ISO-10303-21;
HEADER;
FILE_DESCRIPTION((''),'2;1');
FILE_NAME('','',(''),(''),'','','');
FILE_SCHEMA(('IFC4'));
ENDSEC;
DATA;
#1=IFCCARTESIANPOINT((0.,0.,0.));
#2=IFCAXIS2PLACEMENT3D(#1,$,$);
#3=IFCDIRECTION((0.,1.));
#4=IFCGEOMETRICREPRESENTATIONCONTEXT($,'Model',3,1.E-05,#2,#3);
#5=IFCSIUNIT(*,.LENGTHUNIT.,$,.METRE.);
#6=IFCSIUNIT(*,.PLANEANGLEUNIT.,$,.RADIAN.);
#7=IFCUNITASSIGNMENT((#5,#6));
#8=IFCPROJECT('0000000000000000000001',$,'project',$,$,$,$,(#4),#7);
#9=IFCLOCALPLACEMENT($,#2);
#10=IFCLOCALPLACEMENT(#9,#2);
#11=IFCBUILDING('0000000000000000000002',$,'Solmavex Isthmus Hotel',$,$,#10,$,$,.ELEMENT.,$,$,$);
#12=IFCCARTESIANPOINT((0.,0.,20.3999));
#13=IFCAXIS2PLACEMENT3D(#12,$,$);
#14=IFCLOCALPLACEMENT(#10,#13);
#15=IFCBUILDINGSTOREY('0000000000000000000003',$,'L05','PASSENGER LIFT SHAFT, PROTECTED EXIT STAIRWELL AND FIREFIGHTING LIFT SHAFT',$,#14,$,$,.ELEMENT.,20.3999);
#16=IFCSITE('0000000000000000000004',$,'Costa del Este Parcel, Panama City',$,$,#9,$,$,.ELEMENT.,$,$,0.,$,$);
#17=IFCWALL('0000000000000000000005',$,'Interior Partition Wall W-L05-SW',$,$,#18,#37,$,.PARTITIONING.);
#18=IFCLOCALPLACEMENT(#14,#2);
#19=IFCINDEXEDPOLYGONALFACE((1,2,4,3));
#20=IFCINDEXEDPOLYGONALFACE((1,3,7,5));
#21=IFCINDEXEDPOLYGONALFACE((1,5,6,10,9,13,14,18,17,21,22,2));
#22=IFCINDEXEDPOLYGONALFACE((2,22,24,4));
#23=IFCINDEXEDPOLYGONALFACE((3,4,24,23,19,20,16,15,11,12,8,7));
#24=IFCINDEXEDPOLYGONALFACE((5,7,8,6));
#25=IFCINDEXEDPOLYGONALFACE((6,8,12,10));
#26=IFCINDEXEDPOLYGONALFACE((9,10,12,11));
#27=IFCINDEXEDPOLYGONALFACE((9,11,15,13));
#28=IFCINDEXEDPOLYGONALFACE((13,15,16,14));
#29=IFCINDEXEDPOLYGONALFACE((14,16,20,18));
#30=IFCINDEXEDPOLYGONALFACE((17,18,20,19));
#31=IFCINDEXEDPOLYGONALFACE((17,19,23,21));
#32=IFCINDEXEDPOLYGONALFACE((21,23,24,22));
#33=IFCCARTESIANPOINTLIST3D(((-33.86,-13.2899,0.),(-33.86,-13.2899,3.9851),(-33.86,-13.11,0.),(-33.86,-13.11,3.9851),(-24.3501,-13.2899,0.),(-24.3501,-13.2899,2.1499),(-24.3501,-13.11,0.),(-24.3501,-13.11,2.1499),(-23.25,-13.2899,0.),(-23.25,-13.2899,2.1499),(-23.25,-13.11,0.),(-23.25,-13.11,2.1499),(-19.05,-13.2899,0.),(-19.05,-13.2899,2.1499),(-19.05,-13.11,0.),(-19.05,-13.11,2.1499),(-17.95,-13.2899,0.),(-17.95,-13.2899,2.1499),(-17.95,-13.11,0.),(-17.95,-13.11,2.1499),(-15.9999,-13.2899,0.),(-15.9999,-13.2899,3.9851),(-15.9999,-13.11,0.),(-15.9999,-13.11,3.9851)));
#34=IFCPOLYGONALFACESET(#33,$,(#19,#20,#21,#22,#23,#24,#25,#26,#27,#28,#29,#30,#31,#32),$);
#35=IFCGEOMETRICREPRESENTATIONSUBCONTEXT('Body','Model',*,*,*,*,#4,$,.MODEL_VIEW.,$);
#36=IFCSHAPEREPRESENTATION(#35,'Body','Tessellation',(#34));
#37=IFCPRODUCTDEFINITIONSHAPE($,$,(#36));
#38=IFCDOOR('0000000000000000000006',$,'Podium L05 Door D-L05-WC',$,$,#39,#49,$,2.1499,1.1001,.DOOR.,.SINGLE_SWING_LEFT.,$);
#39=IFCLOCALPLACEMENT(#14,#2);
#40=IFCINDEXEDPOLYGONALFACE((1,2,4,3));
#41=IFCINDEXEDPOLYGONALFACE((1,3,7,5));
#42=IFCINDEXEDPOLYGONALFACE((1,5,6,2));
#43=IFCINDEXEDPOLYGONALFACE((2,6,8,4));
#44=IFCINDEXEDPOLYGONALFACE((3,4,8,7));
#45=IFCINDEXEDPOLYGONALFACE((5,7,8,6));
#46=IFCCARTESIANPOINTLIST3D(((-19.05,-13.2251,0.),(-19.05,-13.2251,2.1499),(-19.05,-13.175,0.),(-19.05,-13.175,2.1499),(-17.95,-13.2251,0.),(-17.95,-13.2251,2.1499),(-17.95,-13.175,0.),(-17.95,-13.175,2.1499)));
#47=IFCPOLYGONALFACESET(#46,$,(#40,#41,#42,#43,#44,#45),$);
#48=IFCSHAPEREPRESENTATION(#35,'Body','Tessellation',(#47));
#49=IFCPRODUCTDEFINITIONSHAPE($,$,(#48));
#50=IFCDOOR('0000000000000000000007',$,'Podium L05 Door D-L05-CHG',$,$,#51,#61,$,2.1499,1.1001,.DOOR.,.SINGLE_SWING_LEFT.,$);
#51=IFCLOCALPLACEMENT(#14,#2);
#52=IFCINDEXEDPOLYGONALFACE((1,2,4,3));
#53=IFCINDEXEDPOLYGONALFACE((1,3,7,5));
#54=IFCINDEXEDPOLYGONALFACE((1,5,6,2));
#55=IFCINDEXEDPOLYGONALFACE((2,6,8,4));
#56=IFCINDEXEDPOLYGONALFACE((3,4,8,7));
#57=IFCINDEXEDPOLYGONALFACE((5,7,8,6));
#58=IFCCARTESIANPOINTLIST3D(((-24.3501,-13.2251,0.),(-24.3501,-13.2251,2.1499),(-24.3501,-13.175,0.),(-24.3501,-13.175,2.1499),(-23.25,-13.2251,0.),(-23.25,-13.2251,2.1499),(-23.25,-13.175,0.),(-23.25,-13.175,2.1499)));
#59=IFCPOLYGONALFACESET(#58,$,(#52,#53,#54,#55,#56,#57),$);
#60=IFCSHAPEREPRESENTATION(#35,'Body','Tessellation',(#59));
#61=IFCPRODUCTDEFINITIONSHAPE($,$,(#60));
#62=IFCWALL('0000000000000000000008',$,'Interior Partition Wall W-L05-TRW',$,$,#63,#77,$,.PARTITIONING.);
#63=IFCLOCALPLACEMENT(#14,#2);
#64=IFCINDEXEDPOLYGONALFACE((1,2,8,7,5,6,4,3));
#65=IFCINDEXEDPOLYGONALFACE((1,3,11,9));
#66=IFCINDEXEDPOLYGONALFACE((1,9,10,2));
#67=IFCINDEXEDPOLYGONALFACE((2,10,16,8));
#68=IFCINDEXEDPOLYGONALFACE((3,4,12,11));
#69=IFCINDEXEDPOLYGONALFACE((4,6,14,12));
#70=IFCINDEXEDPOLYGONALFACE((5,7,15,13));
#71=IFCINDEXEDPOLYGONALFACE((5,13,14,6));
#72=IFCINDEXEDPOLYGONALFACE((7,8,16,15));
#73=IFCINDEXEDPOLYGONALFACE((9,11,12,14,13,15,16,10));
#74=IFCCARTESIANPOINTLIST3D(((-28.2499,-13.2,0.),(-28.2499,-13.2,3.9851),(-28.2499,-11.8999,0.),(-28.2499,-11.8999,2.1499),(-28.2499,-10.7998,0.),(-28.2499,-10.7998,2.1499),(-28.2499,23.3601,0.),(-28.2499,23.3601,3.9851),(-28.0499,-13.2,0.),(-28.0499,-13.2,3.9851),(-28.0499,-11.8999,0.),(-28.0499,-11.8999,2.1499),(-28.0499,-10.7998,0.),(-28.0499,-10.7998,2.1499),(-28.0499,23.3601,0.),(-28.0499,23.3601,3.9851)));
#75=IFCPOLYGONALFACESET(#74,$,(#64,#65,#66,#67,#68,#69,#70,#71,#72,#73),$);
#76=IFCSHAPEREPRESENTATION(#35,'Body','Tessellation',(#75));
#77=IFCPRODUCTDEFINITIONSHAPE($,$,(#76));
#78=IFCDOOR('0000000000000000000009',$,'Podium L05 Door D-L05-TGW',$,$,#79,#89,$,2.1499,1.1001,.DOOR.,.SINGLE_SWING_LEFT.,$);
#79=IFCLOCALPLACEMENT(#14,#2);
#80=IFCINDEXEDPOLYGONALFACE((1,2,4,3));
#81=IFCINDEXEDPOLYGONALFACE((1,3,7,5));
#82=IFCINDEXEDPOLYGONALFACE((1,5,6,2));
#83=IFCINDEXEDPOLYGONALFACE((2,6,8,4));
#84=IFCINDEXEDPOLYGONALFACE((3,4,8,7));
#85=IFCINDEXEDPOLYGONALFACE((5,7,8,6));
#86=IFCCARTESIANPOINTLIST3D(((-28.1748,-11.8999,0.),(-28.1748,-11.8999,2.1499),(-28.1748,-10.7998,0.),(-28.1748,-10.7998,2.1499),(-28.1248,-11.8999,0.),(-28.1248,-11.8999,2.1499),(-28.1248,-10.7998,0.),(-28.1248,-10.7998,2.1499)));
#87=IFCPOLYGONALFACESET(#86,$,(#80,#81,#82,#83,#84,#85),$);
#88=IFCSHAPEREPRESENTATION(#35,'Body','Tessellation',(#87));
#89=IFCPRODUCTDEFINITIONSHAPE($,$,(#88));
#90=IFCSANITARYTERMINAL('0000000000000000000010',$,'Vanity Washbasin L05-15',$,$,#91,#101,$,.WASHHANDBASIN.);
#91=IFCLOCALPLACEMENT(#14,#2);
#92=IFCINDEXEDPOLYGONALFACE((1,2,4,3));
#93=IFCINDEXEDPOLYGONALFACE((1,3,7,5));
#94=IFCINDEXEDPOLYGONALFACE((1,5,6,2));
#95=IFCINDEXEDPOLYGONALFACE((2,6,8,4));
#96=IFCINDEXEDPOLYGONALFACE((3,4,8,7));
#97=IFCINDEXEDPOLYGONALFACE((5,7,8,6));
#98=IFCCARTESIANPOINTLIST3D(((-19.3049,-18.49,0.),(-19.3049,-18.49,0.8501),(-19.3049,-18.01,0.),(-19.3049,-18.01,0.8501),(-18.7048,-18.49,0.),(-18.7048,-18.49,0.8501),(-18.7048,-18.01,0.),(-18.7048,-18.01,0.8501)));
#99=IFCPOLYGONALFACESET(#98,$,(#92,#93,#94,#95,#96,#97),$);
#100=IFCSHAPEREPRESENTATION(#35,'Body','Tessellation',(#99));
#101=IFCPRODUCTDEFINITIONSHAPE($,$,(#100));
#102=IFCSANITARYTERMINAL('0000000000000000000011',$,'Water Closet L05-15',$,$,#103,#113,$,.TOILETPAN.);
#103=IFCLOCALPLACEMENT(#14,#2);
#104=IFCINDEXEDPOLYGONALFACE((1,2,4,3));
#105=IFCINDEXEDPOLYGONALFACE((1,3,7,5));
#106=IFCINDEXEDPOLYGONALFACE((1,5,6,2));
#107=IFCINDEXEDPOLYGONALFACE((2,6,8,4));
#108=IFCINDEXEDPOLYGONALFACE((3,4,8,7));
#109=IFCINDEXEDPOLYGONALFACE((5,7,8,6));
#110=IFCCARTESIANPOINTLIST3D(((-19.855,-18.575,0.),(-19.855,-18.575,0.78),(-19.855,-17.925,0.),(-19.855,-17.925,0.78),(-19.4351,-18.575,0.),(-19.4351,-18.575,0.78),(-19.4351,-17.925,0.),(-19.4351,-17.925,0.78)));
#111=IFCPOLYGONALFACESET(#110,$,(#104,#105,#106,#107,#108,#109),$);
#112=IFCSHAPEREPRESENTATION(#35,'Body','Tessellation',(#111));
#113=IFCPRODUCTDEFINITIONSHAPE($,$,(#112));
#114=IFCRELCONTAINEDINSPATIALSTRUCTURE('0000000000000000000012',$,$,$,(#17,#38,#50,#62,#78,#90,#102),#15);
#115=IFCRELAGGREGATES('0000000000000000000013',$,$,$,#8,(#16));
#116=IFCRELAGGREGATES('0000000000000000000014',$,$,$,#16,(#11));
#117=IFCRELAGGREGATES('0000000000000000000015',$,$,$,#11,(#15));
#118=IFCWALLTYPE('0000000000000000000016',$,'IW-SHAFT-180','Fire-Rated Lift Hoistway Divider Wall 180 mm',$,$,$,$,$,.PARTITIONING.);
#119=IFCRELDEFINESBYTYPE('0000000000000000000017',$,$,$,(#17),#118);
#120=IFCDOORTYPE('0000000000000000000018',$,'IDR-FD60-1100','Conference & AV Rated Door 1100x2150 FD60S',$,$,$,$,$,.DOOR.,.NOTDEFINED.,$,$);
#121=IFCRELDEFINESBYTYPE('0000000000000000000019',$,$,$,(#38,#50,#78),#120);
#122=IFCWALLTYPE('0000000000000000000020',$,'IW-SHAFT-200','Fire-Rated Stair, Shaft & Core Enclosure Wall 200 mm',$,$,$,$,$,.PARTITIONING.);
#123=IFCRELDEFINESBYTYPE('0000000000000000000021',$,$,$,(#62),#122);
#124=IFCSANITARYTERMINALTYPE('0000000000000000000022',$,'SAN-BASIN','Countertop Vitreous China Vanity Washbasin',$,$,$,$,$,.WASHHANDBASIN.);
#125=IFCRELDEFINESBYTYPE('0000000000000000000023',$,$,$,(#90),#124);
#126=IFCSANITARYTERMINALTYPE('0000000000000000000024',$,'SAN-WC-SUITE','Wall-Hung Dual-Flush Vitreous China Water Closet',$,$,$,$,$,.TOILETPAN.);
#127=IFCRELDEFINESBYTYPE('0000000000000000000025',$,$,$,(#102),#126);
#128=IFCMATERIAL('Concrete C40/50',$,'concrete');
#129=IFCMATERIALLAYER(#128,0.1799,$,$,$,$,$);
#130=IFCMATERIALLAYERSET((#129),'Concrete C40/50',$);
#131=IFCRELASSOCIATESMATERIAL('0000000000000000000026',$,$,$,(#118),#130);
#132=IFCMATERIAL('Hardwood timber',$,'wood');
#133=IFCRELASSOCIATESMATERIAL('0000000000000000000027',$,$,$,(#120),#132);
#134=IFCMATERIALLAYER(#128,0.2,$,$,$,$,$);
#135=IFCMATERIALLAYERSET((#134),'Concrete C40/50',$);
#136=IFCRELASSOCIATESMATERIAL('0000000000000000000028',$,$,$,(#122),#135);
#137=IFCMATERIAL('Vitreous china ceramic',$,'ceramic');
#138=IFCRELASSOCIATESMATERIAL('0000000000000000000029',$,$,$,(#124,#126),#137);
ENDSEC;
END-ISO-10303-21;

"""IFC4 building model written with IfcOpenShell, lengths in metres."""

from ifc_helpers import new_model, si_unit, direction, frame, frame_2d, origin, origin_2d, place, context, subcontext, project, spatial, rectangle, extrude, material, layer, layer_set, type_object, element, fill, save


model = new_model("IFC4")

# Units and contexts
model_context = context("Model", 3, precision=1e-05, world=origin(), true_north=direction((0.0, 1.0)))
body_context = subcontext(model_context, "Body", "Model", "MODEL_VIEW")
ifc_project = project(units=[si_unit("LENGTHUNIT", "METRE"), si_unit("PLANEANGLEUNIT", "RADIAN")], contexts=[model_context])

# Site, building, storey
site_placement = place(None, origin())
site = spatial("IfcSite", under=ifc_project, at=site_placement, Name="Costa del Este Parcel, Panama City", CompositionType="ELEMENT", RefElevation=0.0)
building_placement = place(site_placement, origin())
building = spatial("IfcBuilding", under=site, at=building_placement, Name="Solmavex Isthmus Hotel", CompositionType="ELEMENT")
storey_placement = place(building_placement, frame((0.0, 0.0, 20.3999)))
storey = spatial("IfcBuildingStorey", under=building, at=storey_placement, Name="L05", Description="PASSENGER LIFT SHAFT, PROTECTED EXIT STAIRWELL AND FIREFIGHTING LIFT SHAFT", CompositionType="ELEMENT", Elevation=20.3999)

# Wall, openings, doors
ifc_material_1 = material(Name="Concrete C40/50", Category="concrete")
ifc_layer_1 = layer(ifc_material_1, 0.1799)
ifc_layer_set_1 = layer_set([ifc_layer_1], Name="Concrete C40/50")
wall_type_1 = type_object("IfcWallType", Name="IW-SHAFT-180", Description="Fire-Rated Lift Hoistway Divider Wall 180 mm", PredefinedType="PARTITIONING", material=ifc_layer_set_1)
wall_1_placement = place(storey_placement, frame((-33.8601, -13.2, 0.0), z_axis=(0.0, 0.0, 1.0), x_axis=(1.0, 0.0, 0.0)))
wall_1 = element("IfcWall", 1, at=wall_1_placement, inside=storey, type_object=wall_type_1, Name="Interior Partition Wall W-L05-SW", PredefinedType="PARTITIONING", context=body_context, shape_type="SweptSolid", body=[
    extrude(rectangle(XDim=17.8601, YDim=0.1799, at=frame_2d((8.9302, 0.0))), origin(), (0.0, 0.0, 1.0), 3.9851),
])
opening_1_placement = place(wall_1_placement, frame((14.8101, 0.0, 0.0)))
opening_1 = element("IfcOpeningElement", 2, at=opening_1_placement, cuts=wall_1, PredefinedType="OPENING", context=body_context, shape_type="SweptSolid", body=[
    extrude(rectangle(XDim=1.1001, YDim=2.1499, at=frame_2d((0.55, 1.075))), frame((0.0, 0.0999, 0.0), z_axis=(0.0, -1.0, 0.0), x_axis=(1.0, 0.0, 0.0)), (0.0, 0.0, 1.0), 0.2),
])
opening_2_placement = place(wall_1_placement, frame((9.51, 0.0, 0.0)))
opening_2 = element("IfcOpeningElement", 3, at=opening_2_placement, cuts=wall_1, PredefinedType="OPENING", context=body_context, shape_type="SweptSolid", body=[
    extrude(rectangle(XDim=1.1001, YDim=2.1499, at=frame_2d((0.55, 1.075))), frame((0.0, 0.0999, 0.0), z_axis=(0.0, -1.0, 0.0), x_axis=(1.0, 0.0, 0.0)), (0.0, 0.0, 1.0), 0.2),
])
ifc_material_2 = material(Name="Hardwood timber", Category="wood")
door_type = type_object("IfcDoorType", Name="IDR-FD60-1100", Description="Conference & AV Rated Door 1100x2150 FD60S", OperationType="NOTDEFINED", PredefinedType="DOOR", material=ifc_material_2)
door_1_placement = place(opening_1_placement, origin())
door_1 = element("IfcDoor", 4, at=door_1_placement, inside=storey, type_object=door_type, Name="Podium L05 Door D-L05-WC", OperationType="SINGLE_SWING_LEFT", OverallHeight=2.1499, OverallWidth=1.1001, PredefinedType="DOOR", context=body_context, shape_type="SweptSolid", body=[
    extrude(rectangle(XDim=1.1001, YDim=2.1499, at=frame_2d((0.55, 1.075))), frame((0.0, 0.0249, 0.0), z_axis=(0.0, -1.0, 0.0), x_axis=(1.0, 0.0, 0.0)), (0.0, 0.0, 1.0), 0.05),
])
fill(opening_1, door_1)
door_2_placement = place(opening_2_placement, origin())
door_2 = element("IfcDoor", 5, at=door_2_placement, inside=storey, type_object=door_type, Name="Podium L05 Door D-L05-CHG", OperationType="SINGLE_SWING_LEFT", OverallHeight=2.1499, OverallWidth=1.1001, PredefinedType="DOOR", context=body_context, shape_type="SweptSolid", body=[
    extrude(rectangle(XDim=1.1001, YDim=2.1499, at=frame_2d((0.55, 1.075))), frame((0.0, 0.0249, 0.0), z_axis=(0.0, -1.0, 0.0), x_axis=(1.0, 0.0, 0.0)), (0.0, 0.0, 1.0), 0.05),
])
fill(opening_2, door_2)

# Wall, opening, door
ifc_layer_2 = layer(ifc_material_1, 0.2)
ifc_layer_set_2 = layer_set([ifc_layer_2], Name="Concrete C40/50")
wall_type_2 = type_object("IfcWallType", Name="IW-SHAFT-200", Description="Fire-Rated Stair, Shaft & Core Enclosure Wall 200 mm", PredefinedType="PARTITIONING", material=ifc_layer_set_2)
wall_2_placement = place(storey_placement, frame((-28.1499, -13.2, 0.0), z_axis=(0.0, 0.0, 1.0), x_axis=(0.0, 1.0, 0.0)))
wall_2 = element("IfcWall", 6, at=wall_2_placement, inside=storey, type_object=wall_type_2, Name="Interior Partition Wall W-L05-TRW", PredefinedType="PARTITIONING", context=body_context, shape_type="SweptSolid", body=[
    extrude(rectangle(XDim=36.5601, YDim=0.2, at=frame_2d((18.28, 0.0))), origin(), (0.0, 0.0, 1.0), 3.9851),
])
opening_3_placement = place(wall_2_placement, frame((1.3, 0.0, 0.0)))
opening_3 = element("IfcOpeningElement", 7, at=opening_3_placement, cuts=wall_2, PredefinedType="OPENING", context=body_context, shape_type="SweptSolid", body=[
    extrude(rectangle(XDim=1.1001, YDim=2.1499, at=frame_2d((0.55, 1.075))), frame((0.0, 0.1099, 0.0), z_axis=(0.0, -1.0, 0.0), x_axis=(1.0, 0.0, 0.0)), (0.0, 0.0, 1.0), 0.22),
])
door_3_placement = place(opening_3_placement, origin())
door_3 = element("IfcDoor", 8, at=door_3_placement, inside=storey, type_object=door_type, Name="Podium L05 Door D-L05-TGW", OperationType="SINGLE_SWING_LEFT", OverallHeight=2.1499, OverallWidth=1.1001, PredefinedType="DOOR", context=body_context, shape_type="SweptSolid", body=[
    extrude(rectangle(XDim=1.1001, YDim=2.1499, at=frame_2d((0.55, 1.075))), frame((0.0, 0.0249, 0.0), z_axis=(0.0, -1.0, 0.0), x_axis=(1.0, 0.0, 0.0)), (0.0, 0.0, 1.0), 0.05),
])
fill(opening_3, door_3)

# Sanitary terminals
ifc_material_3 = material(Name="Vitreous china ceramic", Category="ceramic")
sanitary_terminal_type_1 = type_object("IfcSanitaryTerminalType", Name="SAN-BASIN", Description="Countertop Vitreous China Vanity Washbasin", PredefinedType="WASHHANDBASIN", material=ifc_material_3)
sanitary_terminal_1_placement = place(storey_placement, frame((-19.0049, -18.25, 0.0), z_axis=(0.0, 0.0, 1.0), x_axis=(1.0, 0.0, 0.0)))
element("IfcSanitaryTerminal", 9, at=sanitary_terminal_1_placement, inside=storey, type_object=sanitary_terminal_type_1, Name="Vanity Washbasin L05-15", PredefinedType="WASHHANDBASIN", context=body_context, shape_type="SweptSolid", body=[
    extrude(rectangle(XDim=0.6001, YDim=0.48, at=origin_2d()), origin(), (0.0, 0.0, 1.0), 0.8501),
])
sanitary_terminal_type_2 = type_object("IfcSanitaryTerminalType", Name="SAN-WC-SUITE", Description="Wall-Hung Dual-Flush Vitreous China Water Closet", PredefinedType="TOILETPAN", material=ifc_material_3)
sanitary_terminal_2_placement = place(storey_placement, frame((-19.645, -18.25, 0.0), z_axis=(0.0, 0.0, 1.0), x_axis=(1.0, 0.0, 0.0)))
element("IfcSanitaryTerminal", 10, at=sanitary_terminal_2_placement, inside=storey, type_object=sanitary_terminal_type_2, Name="Water Closet L05-15", PredefinedType="TOILETPAN", context=body_context, shape_type="SweptSolid", body=[
    extrude(rectangle(XDim=0.4199, YDim=0.6499, at=origin_2d()), origin(), (0.0, 0.0, 1.0), 0.78),
])

save(model, "model.ifc")
